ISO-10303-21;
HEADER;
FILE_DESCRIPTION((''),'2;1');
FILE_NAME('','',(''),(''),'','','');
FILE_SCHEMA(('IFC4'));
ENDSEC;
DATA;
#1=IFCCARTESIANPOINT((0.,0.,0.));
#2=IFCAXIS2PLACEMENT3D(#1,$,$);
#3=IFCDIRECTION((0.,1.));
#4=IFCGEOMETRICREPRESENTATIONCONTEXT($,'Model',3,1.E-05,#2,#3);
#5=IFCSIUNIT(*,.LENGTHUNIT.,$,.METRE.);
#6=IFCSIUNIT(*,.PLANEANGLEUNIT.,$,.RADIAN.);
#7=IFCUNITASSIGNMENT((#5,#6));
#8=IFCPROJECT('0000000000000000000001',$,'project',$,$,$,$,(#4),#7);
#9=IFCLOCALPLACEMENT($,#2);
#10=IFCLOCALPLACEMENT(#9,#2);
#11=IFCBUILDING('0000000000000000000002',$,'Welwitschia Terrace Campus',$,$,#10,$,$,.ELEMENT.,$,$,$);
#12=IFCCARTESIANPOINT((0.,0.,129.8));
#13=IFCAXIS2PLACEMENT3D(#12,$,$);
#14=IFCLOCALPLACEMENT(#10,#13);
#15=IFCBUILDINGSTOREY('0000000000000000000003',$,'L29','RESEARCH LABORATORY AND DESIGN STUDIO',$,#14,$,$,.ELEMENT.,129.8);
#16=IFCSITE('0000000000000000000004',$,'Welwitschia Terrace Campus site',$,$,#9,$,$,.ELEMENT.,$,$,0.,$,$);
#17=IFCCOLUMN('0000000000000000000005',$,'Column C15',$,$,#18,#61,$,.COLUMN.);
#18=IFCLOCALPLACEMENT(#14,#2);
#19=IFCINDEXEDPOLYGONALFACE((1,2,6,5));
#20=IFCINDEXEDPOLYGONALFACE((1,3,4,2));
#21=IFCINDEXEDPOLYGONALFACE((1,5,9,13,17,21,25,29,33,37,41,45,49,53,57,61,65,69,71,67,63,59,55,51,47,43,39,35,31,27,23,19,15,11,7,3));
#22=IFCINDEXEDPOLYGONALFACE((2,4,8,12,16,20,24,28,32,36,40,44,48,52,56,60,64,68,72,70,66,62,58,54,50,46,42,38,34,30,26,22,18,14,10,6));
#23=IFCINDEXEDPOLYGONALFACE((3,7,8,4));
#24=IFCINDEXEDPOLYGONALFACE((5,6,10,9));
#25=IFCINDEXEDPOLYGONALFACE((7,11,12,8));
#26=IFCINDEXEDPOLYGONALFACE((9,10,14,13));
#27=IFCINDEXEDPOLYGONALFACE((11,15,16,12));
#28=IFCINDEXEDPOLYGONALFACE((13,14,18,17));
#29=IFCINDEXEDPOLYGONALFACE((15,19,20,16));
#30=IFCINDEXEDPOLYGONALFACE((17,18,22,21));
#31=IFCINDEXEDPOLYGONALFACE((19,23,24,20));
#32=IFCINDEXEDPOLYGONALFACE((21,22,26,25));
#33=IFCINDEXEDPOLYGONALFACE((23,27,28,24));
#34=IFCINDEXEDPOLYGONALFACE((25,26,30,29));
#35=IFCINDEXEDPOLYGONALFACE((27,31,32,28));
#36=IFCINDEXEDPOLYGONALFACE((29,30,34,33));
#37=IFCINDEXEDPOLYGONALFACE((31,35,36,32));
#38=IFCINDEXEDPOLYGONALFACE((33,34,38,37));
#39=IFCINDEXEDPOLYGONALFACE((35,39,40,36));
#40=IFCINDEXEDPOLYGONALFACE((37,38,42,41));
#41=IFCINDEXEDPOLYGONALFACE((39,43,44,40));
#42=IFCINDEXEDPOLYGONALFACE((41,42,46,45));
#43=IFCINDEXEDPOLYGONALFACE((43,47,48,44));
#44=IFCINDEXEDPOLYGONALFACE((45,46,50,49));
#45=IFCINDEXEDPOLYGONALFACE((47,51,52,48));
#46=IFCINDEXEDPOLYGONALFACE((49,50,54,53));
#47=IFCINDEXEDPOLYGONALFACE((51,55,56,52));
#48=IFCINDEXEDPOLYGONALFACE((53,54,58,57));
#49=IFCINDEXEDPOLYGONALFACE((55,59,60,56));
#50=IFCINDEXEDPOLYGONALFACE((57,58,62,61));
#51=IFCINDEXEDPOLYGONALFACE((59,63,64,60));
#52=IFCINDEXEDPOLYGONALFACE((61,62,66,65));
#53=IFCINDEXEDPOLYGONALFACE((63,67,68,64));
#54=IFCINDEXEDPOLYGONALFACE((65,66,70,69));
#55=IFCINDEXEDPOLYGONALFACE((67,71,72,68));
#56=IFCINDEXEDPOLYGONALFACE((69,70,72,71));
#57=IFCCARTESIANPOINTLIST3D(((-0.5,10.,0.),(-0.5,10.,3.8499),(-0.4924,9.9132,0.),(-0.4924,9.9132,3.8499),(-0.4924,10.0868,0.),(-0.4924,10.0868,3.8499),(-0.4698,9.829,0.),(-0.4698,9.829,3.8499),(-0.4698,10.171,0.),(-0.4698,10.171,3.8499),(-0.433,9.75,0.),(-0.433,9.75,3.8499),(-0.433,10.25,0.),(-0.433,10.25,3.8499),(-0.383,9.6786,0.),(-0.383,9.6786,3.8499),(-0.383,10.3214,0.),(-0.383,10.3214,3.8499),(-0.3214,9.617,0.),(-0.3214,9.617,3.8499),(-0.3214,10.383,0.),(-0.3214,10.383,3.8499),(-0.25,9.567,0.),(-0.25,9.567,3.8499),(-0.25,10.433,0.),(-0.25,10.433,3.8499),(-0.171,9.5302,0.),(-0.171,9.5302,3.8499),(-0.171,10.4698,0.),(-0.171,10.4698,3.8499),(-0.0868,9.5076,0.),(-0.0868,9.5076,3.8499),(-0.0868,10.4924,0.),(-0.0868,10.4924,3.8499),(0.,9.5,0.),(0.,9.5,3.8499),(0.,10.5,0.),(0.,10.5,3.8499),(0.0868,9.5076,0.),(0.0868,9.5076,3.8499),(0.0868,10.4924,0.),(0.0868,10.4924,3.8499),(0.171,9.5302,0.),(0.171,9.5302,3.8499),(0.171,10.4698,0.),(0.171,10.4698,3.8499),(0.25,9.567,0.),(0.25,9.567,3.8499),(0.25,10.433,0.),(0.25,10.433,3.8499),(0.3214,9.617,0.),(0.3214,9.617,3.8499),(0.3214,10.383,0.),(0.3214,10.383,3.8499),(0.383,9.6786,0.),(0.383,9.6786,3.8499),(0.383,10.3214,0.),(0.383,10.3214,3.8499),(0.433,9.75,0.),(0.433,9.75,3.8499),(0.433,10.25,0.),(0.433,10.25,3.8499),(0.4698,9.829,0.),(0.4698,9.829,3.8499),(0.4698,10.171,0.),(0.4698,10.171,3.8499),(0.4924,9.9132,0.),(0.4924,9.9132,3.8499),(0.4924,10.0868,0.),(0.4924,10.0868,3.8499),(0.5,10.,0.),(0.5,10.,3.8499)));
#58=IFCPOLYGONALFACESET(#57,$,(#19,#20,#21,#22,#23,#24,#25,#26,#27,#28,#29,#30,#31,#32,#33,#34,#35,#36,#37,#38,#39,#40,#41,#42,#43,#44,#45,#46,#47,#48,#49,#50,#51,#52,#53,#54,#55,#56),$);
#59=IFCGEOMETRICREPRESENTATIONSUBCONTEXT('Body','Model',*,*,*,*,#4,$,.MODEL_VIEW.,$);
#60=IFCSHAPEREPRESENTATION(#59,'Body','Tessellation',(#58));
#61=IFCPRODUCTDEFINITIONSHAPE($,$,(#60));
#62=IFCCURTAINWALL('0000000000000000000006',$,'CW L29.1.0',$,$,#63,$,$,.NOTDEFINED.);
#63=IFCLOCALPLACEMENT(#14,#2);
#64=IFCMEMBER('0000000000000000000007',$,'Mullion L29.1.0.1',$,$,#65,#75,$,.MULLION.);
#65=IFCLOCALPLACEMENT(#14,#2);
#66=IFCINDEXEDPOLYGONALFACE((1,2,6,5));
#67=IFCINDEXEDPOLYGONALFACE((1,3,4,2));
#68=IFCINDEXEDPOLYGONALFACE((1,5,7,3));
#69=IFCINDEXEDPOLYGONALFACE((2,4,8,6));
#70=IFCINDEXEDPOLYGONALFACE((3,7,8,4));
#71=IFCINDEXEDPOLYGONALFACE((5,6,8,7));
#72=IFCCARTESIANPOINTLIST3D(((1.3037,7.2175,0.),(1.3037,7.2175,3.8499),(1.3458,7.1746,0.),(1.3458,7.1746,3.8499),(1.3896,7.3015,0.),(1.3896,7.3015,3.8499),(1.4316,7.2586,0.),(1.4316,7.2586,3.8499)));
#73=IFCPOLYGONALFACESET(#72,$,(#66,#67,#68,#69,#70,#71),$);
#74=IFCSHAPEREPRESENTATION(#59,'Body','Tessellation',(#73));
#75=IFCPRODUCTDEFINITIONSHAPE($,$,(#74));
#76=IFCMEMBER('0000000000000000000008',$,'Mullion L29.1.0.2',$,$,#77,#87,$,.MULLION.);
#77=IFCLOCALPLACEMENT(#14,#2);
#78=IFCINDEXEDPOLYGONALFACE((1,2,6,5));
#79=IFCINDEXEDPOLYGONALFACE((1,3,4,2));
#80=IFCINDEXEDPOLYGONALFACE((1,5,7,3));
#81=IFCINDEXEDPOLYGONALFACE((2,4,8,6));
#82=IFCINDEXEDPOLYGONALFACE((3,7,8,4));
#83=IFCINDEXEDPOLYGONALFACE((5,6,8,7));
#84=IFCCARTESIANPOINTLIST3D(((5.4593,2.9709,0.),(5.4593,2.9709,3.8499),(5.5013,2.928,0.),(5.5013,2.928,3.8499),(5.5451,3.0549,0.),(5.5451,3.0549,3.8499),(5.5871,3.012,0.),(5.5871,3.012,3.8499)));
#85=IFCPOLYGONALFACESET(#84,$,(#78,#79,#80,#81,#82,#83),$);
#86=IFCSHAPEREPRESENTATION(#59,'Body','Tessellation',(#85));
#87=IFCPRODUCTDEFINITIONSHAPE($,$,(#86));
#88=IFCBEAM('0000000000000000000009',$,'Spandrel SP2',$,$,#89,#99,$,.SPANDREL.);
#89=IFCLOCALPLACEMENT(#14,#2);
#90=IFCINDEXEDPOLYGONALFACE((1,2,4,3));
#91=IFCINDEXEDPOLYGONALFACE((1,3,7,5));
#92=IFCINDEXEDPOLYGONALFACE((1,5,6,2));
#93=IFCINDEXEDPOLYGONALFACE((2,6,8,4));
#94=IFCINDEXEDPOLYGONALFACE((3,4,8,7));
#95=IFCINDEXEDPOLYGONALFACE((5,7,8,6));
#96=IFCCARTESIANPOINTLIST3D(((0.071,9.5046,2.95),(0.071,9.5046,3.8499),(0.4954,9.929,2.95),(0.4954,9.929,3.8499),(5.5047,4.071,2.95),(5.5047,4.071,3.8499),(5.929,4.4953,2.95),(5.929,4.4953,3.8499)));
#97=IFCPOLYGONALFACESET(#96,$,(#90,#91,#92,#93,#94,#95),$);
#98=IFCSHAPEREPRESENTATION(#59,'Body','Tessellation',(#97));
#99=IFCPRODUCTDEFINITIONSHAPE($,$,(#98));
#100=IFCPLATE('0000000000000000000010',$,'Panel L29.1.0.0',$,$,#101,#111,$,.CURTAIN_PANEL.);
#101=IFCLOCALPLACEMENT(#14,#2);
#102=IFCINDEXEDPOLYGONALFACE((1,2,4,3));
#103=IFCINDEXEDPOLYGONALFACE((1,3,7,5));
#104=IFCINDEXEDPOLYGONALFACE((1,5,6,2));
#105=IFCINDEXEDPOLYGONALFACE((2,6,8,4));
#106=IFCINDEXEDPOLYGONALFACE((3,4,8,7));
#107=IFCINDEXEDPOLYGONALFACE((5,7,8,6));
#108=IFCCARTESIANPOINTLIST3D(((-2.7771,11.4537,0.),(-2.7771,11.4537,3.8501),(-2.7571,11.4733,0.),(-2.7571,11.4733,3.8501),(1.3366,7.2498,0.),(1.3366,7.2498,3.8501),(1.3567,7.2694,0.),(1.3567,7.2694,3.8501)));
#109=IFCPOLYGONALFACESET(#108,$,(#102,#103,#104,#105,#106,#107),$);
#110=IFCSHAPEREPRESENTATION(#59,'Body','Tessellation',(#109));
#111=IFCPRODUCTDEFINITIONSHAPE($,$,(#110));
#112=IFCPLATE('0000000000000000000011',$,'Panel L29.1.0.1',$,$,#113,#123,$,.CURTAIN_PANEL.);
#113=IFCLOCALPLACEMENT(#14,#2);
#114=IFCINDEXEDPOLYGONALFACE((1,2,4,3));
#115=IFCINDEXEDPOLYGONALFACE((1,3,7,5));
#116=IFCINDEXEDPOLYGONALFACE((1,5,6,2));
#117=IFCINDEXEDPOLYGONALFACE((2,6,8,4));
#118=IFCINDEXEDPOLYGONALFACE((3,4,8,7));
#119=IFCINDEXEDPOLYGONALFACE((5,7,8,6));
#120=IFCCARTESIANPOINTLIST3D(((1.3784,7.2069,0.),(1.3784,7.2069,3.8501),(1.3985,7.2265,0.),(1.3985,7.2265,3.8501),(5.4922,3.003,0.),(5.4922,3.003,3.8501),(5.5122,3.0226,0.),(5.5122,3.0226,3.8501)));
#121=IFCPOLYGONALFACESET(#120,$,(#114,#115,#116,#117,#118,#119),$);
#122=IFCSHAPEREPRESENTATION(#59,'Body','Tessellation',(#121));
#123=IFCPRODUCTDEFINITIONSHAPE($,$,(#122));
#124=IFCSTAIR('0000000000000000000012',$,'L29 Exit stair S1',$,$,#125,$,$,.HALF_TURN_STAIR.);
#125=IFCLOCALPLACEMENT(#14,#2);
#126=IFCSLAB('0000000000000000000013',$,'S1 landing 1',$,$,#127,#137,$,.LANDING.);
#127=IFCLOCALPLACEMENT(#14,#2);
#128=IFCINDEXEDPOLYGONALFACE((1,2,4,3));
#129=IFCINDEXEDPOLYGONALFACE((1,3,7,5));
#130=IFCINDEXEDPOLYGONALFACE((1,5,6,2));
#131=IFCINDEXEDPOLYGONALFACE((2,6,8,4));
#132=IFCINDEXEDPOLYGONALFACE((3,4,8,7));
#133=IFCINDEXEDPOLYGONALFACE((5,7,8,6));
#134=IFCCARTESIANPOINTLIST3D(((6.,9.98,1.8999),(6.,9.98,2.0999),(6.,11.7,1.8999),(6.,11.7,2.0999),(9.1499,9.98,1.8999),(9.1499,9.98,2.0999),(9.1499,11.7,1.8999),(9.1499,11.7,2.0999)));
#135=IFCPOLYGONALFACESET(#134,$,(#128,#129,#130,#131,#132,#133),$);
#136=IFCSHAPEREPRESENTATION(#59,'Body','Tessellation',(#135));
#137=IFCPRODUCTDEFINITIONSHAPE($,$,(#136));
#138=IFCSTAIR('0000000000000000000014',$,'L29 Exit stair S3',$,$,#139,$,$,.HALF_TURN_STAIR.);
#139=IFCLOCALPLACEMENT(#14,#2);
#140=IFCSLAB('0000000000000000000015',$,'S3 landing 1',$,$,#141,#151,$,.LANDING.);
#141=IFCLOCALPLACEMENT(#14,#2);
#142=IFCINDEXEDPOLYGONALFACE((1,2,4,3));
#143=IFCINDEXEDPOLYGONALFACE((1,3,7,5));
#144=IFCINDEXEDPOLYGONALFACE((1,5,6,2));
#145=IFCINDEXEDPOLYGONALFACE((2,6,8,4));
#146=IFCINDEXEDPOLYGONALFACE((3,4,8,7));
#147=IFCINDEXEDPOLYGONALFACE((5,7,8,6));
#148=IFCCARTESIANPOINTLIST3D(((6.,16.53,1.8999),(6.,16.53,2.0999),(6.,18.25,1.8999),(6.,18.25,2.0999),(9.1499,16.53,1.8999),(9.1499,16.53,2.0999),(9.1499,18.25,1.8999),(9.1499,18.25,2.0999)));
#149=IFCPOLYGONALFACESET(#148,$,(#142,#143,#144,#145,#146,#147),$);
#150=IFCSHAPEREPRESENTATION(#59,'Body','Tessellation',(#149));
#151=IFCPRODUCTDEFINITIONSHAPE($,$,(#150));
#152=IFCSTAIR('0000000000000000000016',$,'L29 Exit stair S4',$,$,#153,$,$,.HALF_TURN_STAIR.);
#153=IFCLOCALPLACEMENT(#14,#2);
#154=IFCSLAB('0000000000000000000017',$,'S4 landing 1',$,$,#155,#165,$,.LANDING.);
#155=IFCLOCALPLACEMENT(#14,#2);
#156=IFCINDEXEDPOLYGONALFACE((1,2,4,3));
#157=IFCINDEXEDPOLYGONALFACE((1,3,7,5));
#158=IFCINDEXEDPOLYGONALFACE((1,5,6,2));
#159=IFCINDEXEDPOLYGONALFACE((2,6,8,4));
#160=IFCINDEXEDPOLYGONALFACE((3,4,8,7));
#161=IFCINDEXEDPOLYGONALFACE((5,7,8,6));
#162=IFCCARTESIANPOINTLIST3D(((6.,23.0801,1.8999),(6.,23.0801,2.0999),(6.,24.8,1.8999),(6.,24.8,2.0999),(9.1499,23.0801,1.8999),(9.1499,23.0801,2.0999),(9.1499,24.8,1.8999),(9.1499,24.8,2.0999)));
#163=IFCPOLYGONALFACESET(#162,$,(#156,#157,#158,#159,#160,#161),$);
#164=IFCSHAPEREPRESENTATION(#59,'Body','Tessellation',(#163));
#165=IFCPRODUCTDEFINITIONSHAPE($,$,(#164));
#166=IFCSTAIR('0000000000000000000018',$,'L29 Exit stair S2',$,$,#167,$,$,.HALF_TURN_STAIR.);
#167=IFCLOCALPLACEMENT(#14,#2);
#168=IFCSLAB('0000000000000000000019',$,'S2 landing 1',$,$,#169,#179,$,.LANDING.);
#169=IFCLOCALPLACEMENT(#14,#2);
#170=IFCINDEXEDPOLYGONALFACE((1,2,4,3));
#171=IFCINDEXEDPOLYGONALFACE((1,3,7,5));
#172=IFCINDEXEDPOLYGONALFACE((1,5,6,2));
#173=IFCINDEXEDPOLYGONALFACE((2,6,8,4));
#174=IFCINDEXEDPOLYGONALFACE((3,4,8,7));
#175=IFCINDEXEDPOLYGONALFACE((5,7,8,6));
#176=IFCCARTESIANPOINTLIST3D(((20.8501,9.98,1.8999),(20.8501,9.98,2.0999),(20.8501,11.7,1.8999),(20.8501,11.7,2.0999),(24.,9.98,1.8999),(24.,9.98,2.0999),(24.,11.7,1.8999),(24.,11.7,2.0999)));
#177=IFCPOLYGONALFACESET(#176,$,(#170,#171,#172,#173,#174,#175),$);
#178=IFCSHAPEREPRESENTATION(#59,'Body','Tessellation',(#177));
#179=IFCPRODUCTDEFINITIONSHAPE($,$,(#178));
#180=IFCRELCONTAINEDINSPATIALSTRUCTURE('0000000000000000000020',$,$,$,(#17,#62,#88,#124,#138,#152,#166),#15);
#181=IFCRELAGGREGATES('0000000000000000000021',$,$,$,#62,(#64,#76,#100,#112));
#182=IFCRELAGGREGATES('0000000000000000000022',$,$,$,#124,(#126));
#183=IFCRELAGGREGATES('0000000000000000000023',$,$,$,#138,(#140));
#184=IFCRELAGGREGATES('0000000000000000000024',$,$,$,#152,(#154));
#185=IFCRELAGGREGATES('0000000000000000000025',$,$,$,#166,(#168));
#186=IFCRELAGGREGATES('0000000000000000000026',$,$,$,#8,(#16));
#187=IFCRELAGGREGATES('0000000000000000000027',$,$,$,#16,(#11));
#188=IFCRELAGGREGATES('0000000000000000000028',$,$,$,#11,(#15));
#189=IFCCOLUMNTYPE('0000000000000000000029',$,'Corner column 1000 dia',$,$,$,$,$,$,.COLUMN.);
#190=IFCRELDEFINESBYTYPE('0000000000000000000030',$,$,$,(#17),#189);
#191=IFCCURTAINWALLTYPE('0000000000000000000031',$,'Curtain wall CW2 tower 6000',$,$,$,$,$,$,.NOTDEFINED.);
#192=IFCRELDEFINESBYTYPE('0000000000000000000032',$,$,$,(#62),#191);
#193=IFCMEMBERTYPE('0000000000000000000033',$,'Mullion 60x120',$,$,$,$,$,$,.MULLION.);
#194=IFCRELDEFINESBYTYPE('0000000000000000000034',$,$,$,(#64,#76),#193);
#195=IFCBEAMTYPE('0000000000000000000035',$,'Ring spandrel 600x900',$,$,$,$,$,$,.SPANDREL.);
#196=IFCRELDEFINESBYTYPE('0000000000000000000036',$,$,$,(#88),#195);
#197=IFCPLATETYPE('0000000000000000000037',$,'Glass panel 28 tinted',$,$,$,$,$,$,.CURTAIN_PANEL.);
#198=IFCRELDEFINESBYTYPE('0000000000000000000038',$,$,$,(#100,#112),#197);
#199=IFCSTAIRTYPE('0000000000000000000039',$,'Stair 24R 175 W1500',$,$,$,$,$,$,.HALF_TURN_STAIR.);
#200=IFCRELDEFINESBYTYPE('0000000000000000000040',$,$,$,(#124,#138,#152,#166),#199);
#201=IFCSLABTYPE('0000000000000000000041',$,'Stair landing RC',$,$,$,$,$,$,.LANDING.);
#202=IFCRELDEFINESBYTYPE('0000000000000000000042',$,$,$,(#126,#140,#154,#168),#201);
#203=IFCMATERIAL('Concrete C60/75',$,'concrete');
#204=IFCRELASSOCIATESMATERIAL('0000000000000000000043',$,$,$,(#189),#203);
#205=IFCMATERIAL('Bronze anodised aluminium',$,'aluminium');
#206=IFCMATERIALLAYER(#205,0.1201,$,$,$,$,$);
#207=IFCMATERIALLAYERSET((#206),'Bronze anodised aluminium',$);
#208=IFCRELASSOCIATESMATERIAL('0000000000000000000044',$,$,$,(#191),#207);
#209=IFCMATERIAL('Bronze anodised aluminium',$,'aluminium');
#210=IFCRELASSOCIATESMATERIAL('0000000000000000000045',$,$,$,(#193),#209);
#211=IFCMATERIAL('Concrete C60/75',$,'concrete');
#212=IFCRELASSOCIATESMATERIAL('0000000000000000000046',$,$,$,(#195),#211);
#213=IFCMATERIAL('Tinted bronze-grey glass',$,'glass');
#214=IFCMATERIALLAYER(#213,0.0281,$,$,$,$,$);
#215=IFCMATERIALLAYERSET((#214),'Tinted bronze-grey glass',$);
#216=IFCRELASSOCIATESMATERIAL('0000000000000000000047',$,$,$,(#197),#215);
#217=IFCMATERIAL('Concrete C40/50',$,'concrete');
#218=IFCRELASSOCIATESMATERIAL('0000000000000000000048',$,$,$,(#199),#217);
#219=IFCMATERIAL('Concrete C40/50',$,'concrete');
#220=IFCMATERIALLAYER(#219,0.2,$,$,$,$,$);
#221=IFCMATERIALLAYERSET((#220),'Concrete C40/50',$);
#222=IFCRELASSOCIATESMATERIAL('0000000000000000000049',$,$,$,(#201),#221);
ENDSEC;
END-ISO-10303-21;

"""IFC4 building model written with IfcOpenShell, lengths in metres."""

from ifc_helpers import new_model, si_unit, direction, frame, origin, origin_2d, place, context, subcontext, project, spatial, polyline, rectangle, circle, outline, extrude, material, layer, layer_set, material_profile, profile_set, type_object, element, aggregate, save


model = new_model("IFC4")

# Units and contexts
model_context = context("Model", 3, precision=1e-05, world=origin(), true_north=direction((0.0, 1.0)))
body_context = subcontext(model_context, "Body", "Model", "MODEL_VIEW")
ifc_project = project(units=[si_unit("LENGTHUNIT", "METRE"), si_unit("PLANEANGLEUNIT", "RADIAN")], contexts=[model_context])

# Site, building, storey
site_placement = place(None, origin())
site = spatial("IfcSite", under=ifc_project, at=site_placement, Name="Welwitschia Terrace Campus site", CompositionType="ELEMENT", RefElevation=0.0)
building_placement = place(site_placement, origin())
building = spatial("IfcBuilding", under=site, at=building_placement, Name="Welwitschia Terrace Campus", CompositionType="ELEMENT")
storey_placement = place(building_placement, frame((0.0, 0.0, 129.8)))
storey = spatial("IfcBuildingStorey", under=building, at=storey_placement, Name="L29", Description="RESEARCH LABORATORY AND DESIGN STUDIO", CompositionType="ELEMENT", Elevation=129.8)

# Column
ifc_material_1 = material(Name="Concrete C60/75", Category="concrete")
ifc_material_profile_1 = material_profile(ifc_material_1, circle(Radius=0.5, at=origin_2d()))
ifc_profile_set_1 = profile_set([ifc_material_profile_1], Name="Concrete C60/75")
column_type = type_object("IfcColumnType", Name="Corner column 1000 dia", PredefinedType="COLUMN", material=ifc_profile_set_1)
column_placement = place(storey_placement, frame((0.0, 10.0, 0.0), z_axis=(0.0, 0.0, 1.0), x_axis=(1.0, 0.0, 0.0)))
element("IfcColumn", 1, at=column_placement, inside=storey, type_object=column_type, Name="Column C15", PredefinedType="COLUMN", context=body_context, shape_type="SweptSolid", body=[
    extrude(circle(Radius=0.5, at=origin_2d()), origin(), (0.0, 0.0, 1.0), 3.8499),
])

# Curtain wall, members
ifc_material_2 = material(Name="Bronze anodised aluminium", Category="aluminium")
ifc_layer_1 = layer(ifc_material_2, 0.1201)
ifc_layer_set_1 = layer_set([ifc_layer_1], Name="Bronze anodised aluminium")
curtain_wall_type = type_object("IfcCurtainWallType", Name="Curtain wall CW2 tower 6000", PredefinedType="NOTDEFINED", material=ifc_layer_set_1)
curtain_wall_placement = place(storey_placement, origin())
curtain_wall = element("IfcCurtainWall", 2, at=curtain_wall_placement, inside=storey, type_object=curtain_wall_type, Name="CW L29.1.0", PredefinedType="NOTDEFINED")
ifc_material_3 = material(Name="Bronze anodised aluminium", Category="aluminium")
ifc_material_profile_2 = material_profile(ifc_material_3, rectangle(XDim=0.1201, YDim=0.0601, at=origin_2d()))
ifc_profile_set_2 = profile_set([ifc_material_profile_2], Name="Bronze anodised aluminium")
member_type = type_object("IfcMemberType", Name="Mullion 60x120", PredefinedType="MULLION", material=ifc_profile_set_2)
member_1_placement = place(storey_placement, frame((1.3677, 7.238, 0.0), z_axis=(0.0, 0.0, 1.0), x_axis=(0.714727, 0.699403, 0.0)))
member_1 = element("IfcMember", 3, at=member_1_placement, type_object=member_type, Name="Mullion L29.1.0.1", PredefinedType="MULLION", context=body_context, shape_type="SweptSolid", body=[
    extrude(rectangle(XDim=0.1201, YDim=0.0601, at=origin_2d()), origin(), (0.0, 0.0, 1.0), 3.8499),
])
member_2_placement = place(storey_placement, frame((5.5232, 2.9915, 0.0), z_axis=(0.0, 0.0, 1.0), x_axis=(0.714727, 0.699403, 0.0)))
member_2 = element("IfcMember", 4, at=member_2_placement, type_object=member_type, Name="Mullion L29.1.0.2", PredefinedType="MULLION", context=body_context, shape_type="SweptSolid", body=[
    extrude(rectangle(XDim=0.1201, YDim=0.0601, at=origin_2d()), origin(), (0.0, 0.0, 1.0), 3.8499),
])

# Beam
ifc_material_4 = material(Name="Concrete C60/75", Category="concrete")
ifc_material_profile_3 = material_profile(ifc_material_4, rectangle(XDim=0.6001, YDim=0.8999, at=origin_2d()))
ifc_profile_set_3 = profile_set([ifc_material_profile_3], Name="Concrete C60/75")
beam_type = type_object("IfcBeamType", Name="Ring spandrel 600x900", PredefinedType="SPANDREL", material=ifc_profile_set_3)
beam_placement = place(storey_placement, frame((0.2832, 9.7168, 3.3999), z_axis=(0.707107, -0.707107, 0.0), x_axis=(0.707107, 0.707107, 0.0)))
element("IfcBeam", 5, at=beam_placement, inside=storey, type_object=beam_type, Name="Spandrel SP2", PredefinedType="SPANDREL", context=body_context, shape_type="SweptSolid", body=[
    extrude(rectangle(XDim=0.6001, YDim=0.8999, at=origin_2d()), origin(), (0.0, 0.0, 1.0), 7.6843),
])

# Plates
ifc_material_5 = material(Name="Tinted bronze-grey glass", Category="glass")
ifc_layer_2 = layer(ifc_material_5, 0.0281)
ifc_layer_set_2 = layer_set([ifc_layer_2], Name="Tinted bronze-grey glass")
plate_type = type_object("IfcPlateType", Name="Glass panel 28 tinted", PredefinedType="CURTAIN_PANEL", material=ifc_layer_set_2)
plate_1_placement = place(storey_placement, frame((-0.7102, 9.3616, 0.0), z_axis=(0.0, 0.0, 1.0), x_axis=(0.699403, -0.714727, 0.0)))
plate_1 = element("IfcPlate", 6, at=plate_1_placement, type_object=plate_type, Name="Panel L29.1.0.0", PredefinedType="CURTAIN_PANEL", context=body_context, shape_type="SweptSolid", body=[
    extrude(rectangle(XDim=5.8818, YDim=0.0281, at=origin_2d()), origin(), (0.0, 0.0, 1.0), 3.8501),
])
plate_2_placement = place(storey_placement, frame((3.4453, 5.1147, 0.0), z_axis=(0.0, 0.0, 1.0), x_axis=(0.699403, -0.714727, 0.0)))
plate_2 = element("IfcPlate", 7, at=plate_2_placement, type_object=plate_type, Name="Panel L29.1.0.1", PredefinedType="CURTAIN_PANEL", context=body_context, shape_type="SweptSolid", body=[
    extrude(rectangle(XDim=5.8818, YDim=0.0281, at=origin_2d()), origin(), (0.0, 0.0, 1.0), 3.8501),
])
aggregate(curtain_wall, [member_1, member_2, plate_1, plate_2])

# Stairs, slabs
ifc_material_6 = material(Name="Concrete C40/50", Category="concrete")
stair_type = type_object("IfcStairType", Name="Stair 24R 175 W1500", PredefinedType="HALF_TURN_STAIR", material=ifc_material_6)
stair_1_placement = place(storey_placement, origin())
stair_1 = element("IfcStair", 8, at=stair_1_placement, inside=storey, type_object=stair_type, Name="L29 Exit stair S1", PredefinedType="HALF_TURN_STAIR")
ifc_material_7 = material(Name="Concrete C40/50", Category="concrete")
ifc_layer_3 = layer(ifc_material_7, 0.2)
ifc_layer_set_3 = layer_set([ifc_layer_3], Name="Concrete C40/50")
slab_type_1 = type_object("IfcSlabType", Name="Stair landing RC", PredefinedType="LANDING", material=ifc_layer_set_3)
slab_1_placement = place(storey_placement, frame((0.0, 0.0, 1.8999)))
slab_1 = element("IfcSlab", 9, at=slab_1_placement, type_object=slab_type_1, Name="S1 landing 1", PredefinedType="LANDING", context=body_context, shape_type="SweptSolid", body=[
    extrude(outline(polyline([(9.1499, 9.98), (9.1499, 11.7), (6.0, 11.7), (6.0, 9.98), (9.1499, 9.98)])), origin(), (0.0, 0.0, 1.0), 0.2),
])
aggregate(stair_1, [slab_1])
stair_2_placement = place(storey_placement, origin())
stair_2 = element("IfcStair", 10, at=stair_2_placement, inside=storey, type_object=stair_type, Name="L29 Exit stair S3", PredefinedType="HALF_TURN_STAIR")
slab_2_placement = place(storey_placement, frame((0.0, 0.0, 1.8999)))
slab_2 = element("IfcSlab", 11, at=slab_2_placement, type_object=slab_type_1, Name="S3 landing 1", PredefinedType="LANDING", context=body_context, shape_type="SweptSolid", body=[
    extrude(outline(polyline([(9.1499, 16.53), (9.1499, 18.25), (6.0, 18.25), (6.0, 16.53), (9.1499, 16.53)])), origin(), (0.0, 0.0, 1.0), 0.2),
])
aggregate(stair_2, [slab_2])
stair_3_placement = place(storey_placement, origin())
stair_3 = element("IfcStair", 12, at=stair_3_placement, inside=storey, type_object=stair_type, Name="L29 Exit stair S4", PredefinedType="HALF_TURN_STAIR")
slab_3_placement = place(storey_placement, frame((0.0, 0.0, 1.8999)))
slab_3 = element("IfcSlab", 13, at=slab_3_placement, type_object=slab_type_1, Name="S4 landing 1", PredefinedType="LANDING", context=body_context, shape_type="SweptSolid", body=[
    extrude(outline(polyline([(9.1499, 23.0801), (9.1499, 24.8), (6.0, 24.8), (6.0, 23.0801), (9.1499, 23.0801)])), origin(), (0.0, 0.0, 1.0), 0.2),
])
aggregate(stair_3, [slab_3])
stair_4_placement = place(storey_placement, origin())
stair_4 = element("IfcStair", 14, at=stair_4_placement, inside=storey, type_object=stair_type, Name="L29 Exit stair S2", PredefinedType="HALF_TURN_STAIR")
slab_4_placement = place(storey_placement, frame((0.0, 0.0, 1.8999)))
slab_4 = element("IfcSlab", 15, at=slab_4_placement, type_object=slab_type_1, Name="S2 landing 1", PredefinedType="LANDING", context=body_context, shape_type="SweptSolid", body=[
    extrude(outline(polyline([(24.0, 9.98), (24.0, 11.7), (20.8501, 11.7), (20.8501, 9.98), (24.0, 9.98)])), origin(), (0.0, 0.0, 1.0), 0.2),
])
aggregate(stair_4, [slab_4])

save(model, "model.ifc")
